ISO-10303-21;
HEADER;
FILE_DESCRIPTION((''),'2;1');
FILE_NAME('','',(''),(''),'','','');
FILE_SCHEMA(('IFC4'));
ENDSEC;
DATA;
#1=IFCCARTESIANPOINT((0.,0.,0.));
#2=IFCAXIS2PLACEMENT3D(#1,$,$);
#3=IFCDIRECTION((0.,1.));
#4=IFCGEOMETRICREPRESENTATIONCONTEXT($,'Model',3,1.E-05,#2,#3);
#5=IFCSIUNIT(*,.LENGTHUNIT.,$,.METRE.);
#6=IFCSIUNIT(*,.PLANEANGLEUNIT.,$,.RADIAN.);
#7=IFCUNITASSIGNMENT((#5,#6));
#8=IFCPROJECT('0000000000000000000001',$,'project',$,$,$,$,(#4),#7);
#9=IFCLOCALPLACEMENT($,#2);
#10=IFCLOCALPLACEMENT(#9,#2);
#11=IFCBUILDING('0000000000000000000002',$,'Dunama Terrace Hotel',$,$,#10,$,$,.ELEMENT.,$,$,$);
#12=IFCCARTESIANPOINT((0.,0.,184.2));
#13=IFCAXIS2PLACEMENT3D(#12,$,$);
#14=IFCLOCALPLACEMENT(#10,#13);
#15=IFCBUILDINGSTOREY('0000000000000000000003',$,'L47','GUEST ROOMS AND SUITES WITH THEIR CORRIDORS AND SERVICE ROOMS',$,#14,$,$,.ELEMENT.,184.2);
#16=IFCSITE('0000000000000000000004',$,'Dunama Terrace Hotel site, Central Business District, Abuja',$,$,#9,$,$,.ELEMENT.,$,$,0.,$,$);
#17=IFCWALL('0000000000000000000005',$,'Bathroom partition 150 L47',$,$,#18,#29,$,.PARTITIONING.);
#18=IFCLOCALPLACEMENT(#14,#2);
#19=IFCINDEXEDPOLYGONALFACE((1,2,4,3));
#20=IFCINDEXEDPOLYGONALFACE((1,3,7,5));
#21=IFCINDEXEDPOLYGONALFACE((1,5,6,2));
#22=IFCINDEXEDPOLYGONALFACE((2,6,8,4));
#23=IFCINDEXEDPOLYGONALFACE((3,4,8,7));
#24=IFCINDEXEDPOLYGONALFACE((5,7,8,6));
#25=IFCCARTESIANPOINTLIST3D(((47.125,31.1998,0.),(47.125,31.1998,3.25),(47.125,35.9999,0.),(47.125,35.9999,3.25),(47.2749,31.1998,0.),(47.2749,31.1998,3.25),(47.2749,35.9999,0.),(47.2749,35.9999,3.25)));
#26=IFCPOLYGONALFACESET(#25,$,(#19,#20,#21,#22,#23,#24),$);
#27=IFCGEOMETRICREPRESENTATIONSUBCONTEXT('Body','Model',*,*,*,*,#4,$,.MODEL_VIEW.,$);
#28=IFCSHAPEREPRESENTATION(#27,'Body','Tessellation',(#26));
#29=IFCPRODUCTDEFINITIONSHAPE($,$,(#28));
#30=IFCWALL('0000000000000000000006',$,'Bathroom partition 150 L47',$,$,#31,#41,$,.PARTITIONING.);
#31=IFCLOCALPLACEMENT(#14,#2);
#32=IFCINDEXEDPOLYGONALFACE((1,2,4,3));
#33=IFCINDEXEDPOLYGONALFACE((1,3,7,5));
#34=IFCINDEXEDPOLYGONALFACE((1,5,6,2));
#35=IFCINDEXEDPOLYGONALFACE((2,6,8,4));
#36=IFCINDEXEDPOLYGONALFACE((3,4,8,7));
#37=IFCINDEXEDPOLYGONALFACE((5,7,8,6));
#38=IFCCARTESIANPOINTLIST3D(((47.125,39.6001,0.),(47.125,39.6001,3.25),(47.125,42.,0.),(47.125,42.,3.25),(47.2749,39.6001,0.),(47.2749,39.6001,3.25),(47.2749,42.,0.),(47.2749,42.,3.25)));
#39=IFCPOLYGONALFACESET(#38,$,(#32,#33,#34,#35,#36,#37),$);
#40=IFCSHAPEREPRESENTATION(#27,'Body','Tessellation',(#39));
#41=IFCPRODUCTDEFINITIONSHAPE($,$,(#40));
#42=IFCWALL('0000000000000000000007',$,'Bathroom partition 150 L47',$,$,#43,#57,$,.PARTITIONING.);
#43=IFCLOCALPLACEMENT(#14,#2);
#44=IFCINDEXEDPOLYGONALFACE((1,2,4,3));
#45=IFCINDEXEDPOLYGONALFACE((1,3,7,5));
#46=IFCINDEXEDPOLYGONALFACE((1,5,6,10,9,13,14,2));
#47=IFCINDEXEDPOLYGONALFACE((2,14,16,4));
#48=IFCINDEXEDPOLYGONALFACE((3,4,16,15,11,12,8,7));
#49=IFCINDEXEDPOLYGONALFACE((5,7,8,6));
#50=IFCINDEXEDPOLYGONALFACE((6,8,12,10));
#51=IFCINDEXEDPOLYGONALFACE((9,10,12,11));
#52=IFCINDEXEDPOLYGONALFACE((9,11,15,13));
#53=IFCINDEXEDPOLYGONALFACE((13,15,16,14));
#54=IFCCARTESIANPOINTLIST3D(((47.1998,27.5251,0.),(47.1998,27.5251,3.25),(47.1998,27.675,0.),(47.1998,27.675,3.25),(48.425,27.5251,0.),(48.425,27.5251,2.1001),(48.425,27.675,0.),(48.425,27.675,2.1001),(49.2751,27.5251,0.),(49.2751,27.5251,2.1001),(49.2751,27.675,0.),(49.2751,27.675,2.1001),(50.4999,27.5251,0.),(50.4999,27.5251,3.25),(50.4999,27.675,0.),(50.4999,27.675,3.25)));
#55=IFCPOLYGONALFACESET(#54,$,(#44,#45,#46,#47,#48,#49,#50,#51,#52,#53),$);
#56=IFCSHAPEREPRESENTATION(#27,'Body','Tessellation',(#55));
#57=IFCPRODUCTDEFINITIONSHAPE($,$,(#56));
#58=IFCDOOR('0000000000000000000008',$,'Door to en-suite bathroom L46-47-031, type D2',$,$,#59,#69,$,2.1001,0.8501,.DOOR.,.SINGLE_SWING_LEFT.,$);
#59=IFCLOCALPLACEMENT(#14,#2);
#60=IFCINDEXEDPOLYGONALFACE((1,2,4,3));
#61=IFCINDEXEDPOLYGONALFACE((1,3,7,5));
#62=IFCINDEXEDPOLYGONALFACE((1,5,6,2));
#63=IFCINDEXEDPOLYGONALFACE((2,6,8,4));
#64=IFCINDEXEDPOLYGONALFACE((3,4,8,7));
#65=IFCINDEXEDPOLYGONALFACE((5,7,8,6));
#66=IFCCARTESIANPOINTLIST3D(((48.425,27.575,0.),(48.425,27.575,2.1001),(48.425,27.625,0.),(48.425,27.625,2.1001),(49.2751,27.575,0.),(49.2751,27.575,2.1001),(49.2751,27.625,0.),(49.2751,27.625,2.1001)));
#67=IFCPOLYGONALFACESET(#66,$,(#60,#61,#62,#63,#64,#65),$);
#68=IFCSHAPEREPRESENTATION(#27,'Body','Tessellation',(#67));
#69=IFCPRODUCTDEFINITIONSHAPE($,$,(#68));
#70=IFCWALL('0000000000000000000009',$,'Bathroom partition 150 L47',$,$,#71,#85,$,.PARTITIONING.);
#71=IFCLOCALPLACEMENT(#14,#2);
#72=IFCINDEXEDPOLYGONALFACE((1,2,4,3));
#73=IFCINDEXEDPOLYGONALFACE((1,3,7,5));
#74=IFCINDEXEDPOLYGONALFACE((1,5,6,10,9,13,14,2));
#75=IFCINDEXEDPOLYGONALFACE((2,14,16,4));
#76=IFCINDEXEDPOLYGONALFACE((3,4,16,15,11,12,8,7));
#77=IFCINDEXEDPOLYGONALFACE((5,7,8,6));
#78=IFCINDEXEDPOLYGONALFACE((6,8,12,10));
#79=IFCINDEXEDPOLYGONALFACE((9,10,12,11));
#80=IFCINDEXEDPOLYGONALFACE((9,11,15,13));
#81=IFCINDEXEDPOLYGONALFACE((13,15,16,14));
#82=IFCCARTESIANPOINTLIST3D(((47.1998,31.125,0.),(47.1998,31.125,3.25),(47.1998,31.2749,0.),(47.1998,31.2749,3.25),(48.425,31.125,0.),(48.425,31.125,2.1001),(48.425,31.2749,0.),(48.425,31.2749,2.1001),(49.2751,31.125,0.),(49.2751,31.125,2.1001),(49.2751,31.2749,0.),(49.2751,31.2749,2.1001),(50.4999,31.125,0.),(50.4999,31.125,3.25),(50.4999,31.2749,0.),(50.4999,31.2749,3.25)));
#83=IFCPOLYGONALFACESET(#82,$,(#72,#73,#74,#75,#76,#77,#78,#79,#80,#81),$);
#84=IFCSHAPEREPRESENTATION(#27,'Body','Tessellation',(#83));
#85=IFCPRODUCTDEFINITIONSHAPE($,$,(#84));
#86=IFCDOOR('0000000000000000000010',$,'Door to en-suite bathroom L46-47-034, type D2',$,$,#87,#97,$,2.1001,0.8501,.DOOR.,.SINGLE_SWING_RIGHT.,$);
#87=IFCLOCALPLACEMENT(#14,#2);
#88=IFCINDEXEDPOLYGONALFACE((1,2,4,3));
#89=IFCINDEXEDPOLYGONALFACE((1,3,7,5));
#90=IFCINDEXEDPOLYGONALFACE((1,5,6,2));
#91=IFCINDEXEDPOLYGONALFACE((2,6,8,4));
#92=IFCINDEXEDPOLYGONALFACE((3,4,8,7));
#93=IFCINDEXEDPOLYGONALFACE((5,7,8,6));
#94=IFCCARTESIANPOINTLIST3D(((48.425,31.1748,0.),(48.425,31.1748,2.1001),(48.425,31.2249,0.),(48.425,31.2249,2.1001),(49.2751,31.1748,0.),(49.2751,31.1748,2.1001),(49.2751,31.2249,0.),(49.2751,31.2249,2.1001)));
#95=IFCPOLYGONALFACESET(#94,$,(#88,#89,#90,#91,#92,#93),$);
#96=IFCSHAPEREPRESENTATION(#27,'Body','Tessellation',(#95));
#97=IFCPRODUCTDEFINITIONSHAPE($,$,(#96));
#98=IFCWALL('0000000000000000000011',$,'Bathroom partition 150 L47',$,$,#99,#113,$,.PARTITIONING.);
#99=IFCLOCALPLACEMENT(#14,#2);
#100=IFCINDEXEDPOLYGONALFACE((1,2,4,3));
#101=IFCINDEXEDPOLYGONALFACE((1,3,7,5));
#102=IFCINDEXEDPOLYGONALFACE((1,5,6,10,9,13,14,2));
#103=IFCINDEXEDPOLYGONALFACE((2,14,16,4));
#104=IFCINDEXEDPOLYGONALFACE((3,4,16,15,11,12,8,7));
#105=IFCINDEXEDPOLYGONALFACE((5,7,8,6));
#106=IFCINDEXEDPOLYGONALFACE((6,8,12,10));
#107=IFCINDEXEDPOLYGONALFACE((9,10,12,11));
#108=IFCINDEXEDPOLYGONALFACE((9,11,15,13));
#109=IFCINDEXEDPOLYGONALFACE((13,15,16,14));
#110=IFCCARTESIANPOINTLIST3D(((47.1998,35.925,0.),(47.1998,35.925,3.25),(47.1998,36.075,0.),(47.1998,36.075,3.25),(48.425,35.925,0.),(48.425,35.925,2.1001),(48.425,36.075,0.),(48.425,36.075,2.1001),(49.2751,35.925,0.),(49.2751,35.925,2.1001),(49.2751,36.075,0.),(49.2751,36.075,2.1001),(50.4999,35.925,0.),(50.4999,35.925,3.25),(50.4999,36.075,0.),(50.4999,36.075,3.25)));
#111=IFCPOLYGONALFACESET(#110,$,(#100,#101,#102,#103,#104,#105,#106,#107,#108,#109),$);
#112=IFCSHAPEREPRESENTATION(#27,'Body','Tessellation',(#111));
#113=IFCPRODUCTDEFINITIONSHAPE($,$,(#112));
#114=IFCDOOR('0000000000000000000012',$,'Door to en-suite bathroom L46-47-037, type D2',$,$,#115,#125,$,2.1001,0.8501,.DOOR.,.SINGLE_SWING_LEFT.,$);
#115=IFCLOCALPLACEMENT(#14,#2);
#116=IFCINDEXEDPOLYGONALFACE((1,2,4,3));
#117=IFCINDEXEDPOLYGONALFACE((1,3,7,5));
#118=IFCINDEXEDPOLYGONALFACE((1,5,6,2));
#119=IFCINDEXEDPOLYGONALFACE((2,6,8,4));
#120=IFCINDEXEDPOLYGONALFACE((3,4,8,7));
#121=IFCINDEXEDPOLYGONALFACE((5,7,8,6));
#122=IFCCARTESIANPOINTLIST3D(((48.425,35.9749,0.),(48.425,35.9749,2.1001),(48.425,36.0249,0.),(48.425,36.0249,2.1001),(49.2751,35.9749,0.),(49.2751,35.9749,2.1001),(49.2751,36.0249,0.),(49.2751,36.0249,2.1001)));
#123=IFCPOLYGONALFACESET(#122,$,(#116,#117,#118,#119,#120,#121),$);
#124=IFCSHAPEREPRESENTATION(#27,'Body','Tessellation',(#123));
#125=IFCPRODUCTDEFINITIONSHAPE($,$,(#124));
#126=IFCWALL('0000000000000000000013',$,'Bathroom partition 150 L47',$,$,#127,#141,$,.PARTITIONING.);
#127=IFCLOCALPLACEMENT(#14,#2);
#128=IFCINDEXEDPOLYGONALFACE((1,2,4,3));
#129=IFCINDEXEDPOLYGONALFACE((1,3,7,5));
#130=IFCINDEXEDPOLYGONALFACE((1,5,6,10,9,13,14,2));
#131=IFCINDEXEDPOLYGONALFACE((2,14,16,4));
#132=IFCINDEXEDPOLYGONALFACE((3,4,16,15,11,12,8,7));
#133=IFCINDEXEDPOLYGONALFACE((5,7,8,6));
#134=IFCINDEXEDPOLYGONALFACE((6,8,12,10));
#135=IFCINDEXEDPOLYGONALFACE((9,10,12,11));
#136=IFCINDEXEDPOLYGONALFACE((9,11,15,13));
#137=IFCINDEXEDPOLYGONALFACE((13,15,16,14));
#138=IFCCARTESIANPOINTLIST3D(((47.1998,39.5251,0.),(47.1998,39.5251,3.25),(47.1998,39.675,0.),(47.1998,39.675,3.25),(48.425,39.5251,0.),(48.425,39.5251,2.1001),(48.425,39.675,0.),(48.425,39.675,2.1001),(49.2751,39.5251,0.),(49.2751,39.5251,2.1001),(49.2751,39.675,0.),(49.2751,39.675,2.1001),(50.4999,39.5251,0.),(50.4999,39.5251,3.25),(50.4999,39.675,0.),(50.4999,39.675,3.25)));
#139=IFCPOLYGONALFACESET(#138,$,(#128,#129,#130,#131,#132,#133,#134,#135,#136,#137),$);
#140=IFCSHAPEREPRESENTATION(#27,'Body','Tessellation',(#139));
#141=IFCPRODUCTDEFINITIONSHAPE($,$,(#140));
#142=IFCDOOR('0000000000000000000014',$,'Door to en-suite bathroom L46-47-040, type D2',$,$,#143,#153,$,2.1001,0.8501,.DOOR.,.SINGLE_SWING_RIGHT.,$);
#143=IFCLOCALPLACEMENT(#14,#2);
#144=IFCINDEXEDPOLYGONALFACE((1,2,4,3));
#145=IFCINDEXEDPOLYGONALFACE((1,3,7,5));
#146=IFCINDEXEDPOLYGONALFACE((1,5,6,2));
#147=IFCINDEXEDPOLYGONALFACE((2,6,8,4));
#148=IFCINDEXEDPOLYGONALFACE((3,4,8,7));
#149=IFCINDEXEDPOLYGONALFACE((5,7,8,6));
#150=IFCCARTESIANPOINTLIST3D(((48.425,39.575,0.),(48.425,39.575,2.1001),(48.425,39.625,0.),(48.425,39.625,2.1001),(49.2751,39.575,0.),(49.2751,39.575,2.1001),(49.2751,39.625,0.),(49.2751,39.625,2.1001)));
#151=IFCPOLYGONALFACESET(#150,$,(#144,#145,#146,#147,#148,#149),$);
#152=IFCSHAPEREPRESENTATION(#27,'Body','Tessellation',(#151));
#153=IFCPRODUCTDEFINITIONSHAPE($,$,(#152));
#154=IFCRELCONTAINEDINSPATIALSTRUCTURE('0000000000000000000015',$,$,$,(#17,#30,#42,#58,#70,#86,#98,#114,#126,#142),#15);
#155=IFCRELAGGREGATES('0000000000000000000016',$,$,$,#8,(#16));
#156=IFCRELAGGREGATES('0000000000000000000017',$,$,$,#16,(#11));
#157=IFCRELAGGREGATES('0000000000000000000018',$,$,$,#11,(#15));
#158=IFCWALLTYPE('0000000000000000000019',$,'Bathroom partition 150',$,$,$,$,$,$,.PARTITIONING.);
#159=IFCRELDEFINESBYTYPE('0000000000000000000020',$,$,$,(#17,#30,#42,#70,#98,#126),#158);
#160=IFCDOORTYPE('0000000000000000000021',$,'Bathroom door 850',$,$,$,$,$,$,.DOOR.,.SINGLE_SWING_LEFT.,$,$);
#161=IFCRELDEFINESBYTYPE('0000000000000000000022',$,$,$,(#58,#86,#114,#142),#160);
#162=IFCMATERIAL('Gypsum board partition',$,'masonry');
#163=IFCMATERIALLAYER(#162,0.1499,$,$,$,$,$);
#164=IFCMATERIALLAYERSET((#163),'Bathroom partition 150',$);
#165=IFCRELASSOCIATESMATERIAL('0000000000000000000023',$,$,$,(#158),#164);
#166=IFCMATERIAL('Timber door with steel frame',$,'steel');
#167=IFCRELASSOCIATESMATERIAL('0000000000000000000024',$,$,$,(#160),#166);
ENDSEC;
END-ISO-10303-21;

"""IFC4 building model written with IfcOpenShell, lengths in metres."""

from ifc_helpers import new_model, si_unit, direction, frame, frame_2d, origin, place, context, subcontext, project, spatial, rectangle, extrude, material, layer, layer_set, type_object, element, fill, save


model = new_model("IFC4")

# Units and contexts
model_context = context("Model", 3, precision=1e-05, world=origin(), true_north=direction((0.0, 1.0)))
body_context = subcontext(model_context, "Body", "Model", "MODEL_VIEW")
ifc_project = project(units=[si_unit("LENGTHUNIT", "METRE"), si_unit("PLANEANGLEUNIT", "RADIAN")], contexts=[model_context])

# Site, building, storey
site_placement = place(None, origin())
site = spatial("IfcSite", under=ifc_project, at=site_placement, Name="Dunama Terrace Hotel site, Central Business District, Abuja", CompositionType="ELEMENT", RefElevation=0.0)
building_placement = place(site_placement, origin())
building = spatial("IfcBuilding", under=site, at=building_placement, Name="Dunama Terrace Hotel", CompositionType="ELEMENT")
storey_placement = place(building_placement, frame((0.0, 0.0, 184.2)))
storey = spatial("IfcBuildingStorey", under=building, at=storey_placement, Name="L47", Description="GUEST ROOMS AND SUITES WITH THEIR CORRIDORS AND SERVICE ROOMS", CompositionType="ELEMENT", Elevation=184.2)

# Walls
ifc_material_1 = material(Name="Gypsum board partition", Category="masonry")
ifc_layer_1 = layer(ifc_material_1, 0.1499)
ifc_layer_set_1 = layer_set([ifc_layer_1], Name="Bathroom partition 150")
wall_type_1 = type_object("IfcWallType", Name="Bathroom partition 150", PredefinedType="PARTITIONING", material=ifc_layer_set_1)
wall_1_placement = place(storey_placement, frame((47.2, 31.2, 0.0), z_axis=(0.0, 0.0, 1.0), x_axis=(0.0, 1.0, 0.0)))
element("IfcWall", 1, at=wall_1_placement, inside=storey, type_object=wall_type_1, Name="Bathroom partition 150 L47", PredefinedType="PARTITIONING", context=body_context, shape_type="SweptSolid", body=[
    extrude(rectangle(XDim=4.8, YDim=0.1499, at=frame_2d((2.3999, 0.0))), origin(), (0.0, 0.0, 1.0), 3.25),
])
wall_2_placement = place(storey_placement, frame((47.2, 39.6001, 0.0), z_axis=(0.0, 0.0, 1.0), x_axis=(0.0, 1.0, 0.0)))
element("IfcWall", 2, at=wall_2_placement, inside=storey, type_object=wall_type_1, Name="Bathroom partition 150 L47", PredefinedType="PARTITIONING", context=body_context, shape_type="SweptSolid", body=[
    extrude(rectangle(XDim=2.3999, YDim=0.1499, at=frame_2d((1.2, 0.0))), origin(), (0.0, 0.0, 1.0), 3.25),
])

# Walls, openings, doors
wall_3_placement = place(storey_placement, frame((47.2, 27.6001, 0.0), z_axis=(0.0, 0.0, 1.0), x_axis=(1.0, 0.0, 0.0)))
wall_3 = element("IfcWall", 3, at=wall_3_placement, inside=storey, type_object=wall_type_1, Name="Bathroom partition 150 L47", PredefinedType="PARTITIONING", context=body_context, shape_type="SweptSolid", body=[
    extrude(rectangle(XDim=3.3, YDim=0.1499, at=frame_2d((1.6499, 0.0))), origin(), (0.0, 0.0, 1.0), 3.25),
])
opening_1_placement = place(wall_3_placement, frame((1.2251, 0.0, 0.0)))
opening_1 = element("IfcOpeningElement", 4, at=opening_1_placement, cuts=wall_3, PredefinedType="OPENING", context=body_context, shape_type="SweptSolid", body=[
    extrude(rectangle(XDim=0.8501, YDim=2.1001, at=frame_2d((0.425, 1.05))), frame((0.0, 0.085, 0.0), z_axis=(0.0, -1.0, 0.0), x_axis=(1.0, 0.0, 0.0)), (0.0, 0.0, 1.0), 0.1699),
])
ifc_material_2 = material(Name="Timber door with steel frame", Category="steel")
door_type_1 = type_object("IfcDoorType", Name="Bathroom door 850", OperationType="SINGLE_SWING_LEFT", PredefinedType="DOOR", material=ifc_material_2)
door_1_placement = place(opening_1_placement, frame((0.8501, 0.0, 0.0), z_axis=(0.0, 0.0, 1.0), x_axis=(-1.0, 0.0, 0.0)))
door_1 = element("IfcDoor", 5, at=door_1_placement, inside=storey, type_object=door_type_1, Name="Door to en-suite bathroom L46-47-031, type D2", OperationType="SINGLE_SWING_LEFT", OverallHeight=2.1001, OverallWidth=0.8501, PredefinedType="DOOR", context=body_context, shape_type="SweptSolid", body=[
    extrude(rectangle(XDim=0.8501, YDim=2.1001, at=frame_2d((0.425, 1.05))), frame((0.0, 0.0251, 0.0), z_axis=(0.0, -1.0, 0.0), x_axis=(1.0, 0.0, 0.0)), (0.0, 0.0, 1.0), 0.05),
])
fill(opening_1, door_1)
wall_4_placement = place(storey_placement, frame((47.2, 31.2, 0.0), z_axis=(0.0, 0.0, 1.0), x_axis=(1.0, 0.0, 0.0)))
wall_4 = element("IfcWall", 6, at=wall_4_placement, inside=storey, type_object=wall_type_1, Name="Bathroom partition 150 L47", PredefinedType="PARTITIONING", context=body_context, shape_type="SweptSolid", body=[
    extrude(rectangle(XDim=3.3, YDim=0.1499, at=frame_2d((1.6499, 0.0))), origin(), (0.0, 0.0, 1.0), 3.25),
])
opening_2_placement = place(wall_4_placement, frame((1.2251, 0.0, 0.0)))
opening_2 = element("IfcOpeningElement", 7, at=opening_2_placement, cuts=wall_4, PredefinedType="OPENING", context=body_context, shape_type="SweptSolid", body=[
    extrude(rectangle(XDim=0.8501, YDim=2.1001, at=frame_2d((0.425, 1.05))), frame((0.0, 0.085, 0.0), z_axis=(0.0, -1.0, 0.0), x_axis=(1.0, 0.0, 0.0)), (0.0, 0.0, 1.0), 0.1699),
])
door_2_placement = place(opening_2_placement, origin())
door_2 = element("IfcDoor", 8, at=door_2_placement, inside=storey, type_object=door_type_1, Name="Door to en-suite bathroom L46-47-034, type D2", OperationType="SINGLE_SWING_RIGHT", OverallHeight=2.1001, OverallWidth=0.8501, PredefinedType="DOOR", context=body_context, shape_type="SweptSolid", body=[
    extrude(rectangle(XDim=0.8501, YDim=2.1001, at=frame_2d((0.425, 1.05))), frame((0.0, 0.0249, 0.0), z_axis=(0.0, -1.0, 0.0), x_axis=(1.0, 0.0, 0.0)), (0.0, 0.0, 1.0), 0.05),
])
fill(opening_2, door_2)
wall_5_placement = place(storey_placement, frame((47.2, 36.0, 0.0), z_axis=(0.0, 0.0, 1.0), x_axis=(1.0, 0.0, 0.0)))
wall_5 = element("IfcWall", 9, at=wall_5_placement, inside=storey, type_object=wall_type_1, Name="Bathroom partition 150 L47", PredefinedType="PARTITIONING", context=body_context, shape_type="SweptSolid", body=[
    extrude(rectangle(XDim=3.3, YDim=0.1499, at=frame_2d((1.6499, 0.0))), origin(), (0.0, 0.0, 1.0), 3.25),
])
opening_3_placement = place(wall_5_placement, frame((1.2251, 0.0, 0.0)))
opening_3 = element("IfcOpeningElement", 10, at=opening_3_placement, cuts=wall_5, PredefinedType="OPENING", context=body_context, shape_type="SweptSolid", body=[
    extrude(rectangle(XDim=0.8501, YDim=2.1001, at=frame_2d((0.425, 1.05))), frame((0.0, 0.085, 0.0), z_axis=(0.0, -1.0, 0.0), x_axis=(1.0, 0.0, 0.0)), (0.0, 0.0, 1.0), 0.1699),
])
door_3_placement = place(opening_3_placement, frame((0.8501, 0.0, 0.0), z_axis=(0.0, 0.0, 1.0), x_axis=(-1.0, 0.0, 0.0)))
door_3 = element("IfcDoor", 11, at=door_3_placement, inside=storey, type_object=door_type_1, Name="Door to en-suite bathroom L46-47-037, type D2", OperationType="SINGLE_SWING_LEFT", OverallHeight=2.1001, OverallWidth=0.8501, PredefinedType="DOOR", context=body_context, shape_type="SweptSolid", body=[
    extrude(rectangle(XDim=0.8501, YDim=2.1001, at=frame_2d((0.425, 1.05))), frame((0.0, 0.0251, 0.0), z_axis=(0.0, -1.0, 0.0), x_axis=(1.0, 0.0, 0.0)), (0.0, 0.0, 1.0), 0.05),
])
fill(opening_3, door_3)
wall_6_placement = place(storey_placement, frame((47.2, 39.6001, 0.0), z_axis=(0.0, 0.0, 1.0), x_axis=(1.0, 0.0, 0.0)))
wall_6 = element("IfcWall", 12, at=wall_6_placement, inside=storey, type_object=wall_type_1, Name="Bathroom partition 150 L47", PredefinedType="PARTITIONING", context=body_context, shape_type="SweptSolid", body=[
    extrude(rectangle(XDim=3.3, YDim=0.1499, at=frame_2d((1.6499, 0.0))), origin(), (0.0, 0.0, 1.0), 3.25),
])
opening_4_placement = place(wall_6_placement, frame((1.2251, 0.0, 0.0)))
opening_4 = element("IfcOpeningElement", 13, at=opening_4_placement, cuts=wall_6, PredefinedType="OPENING", context=body_context, shape_type="SweptSolid", body=[
    extrude(rectangle(XDim=0.8501, YDim=2.1001, at=frame_2d((0.425, 1.05))), frame((0.0, 0.085, 0.0), z_axis=(0.0, -1.0, 0.0), x_axis=(1.0, 0.0, 0.0)), (0.0, 0.0, 1.0), 0.1699),
])
door_4_placement = place(opening_4_placement, origin())
door_4 = element("IfcDoor", 14, at=door_4_placement, inside=storey, type_object=door_type_1, Name="Door to en-suite bathroom L46-47-040, type D2", OperationType="SINGLE_SWING_RIGHT", OverallHeight=2.1001, OverallWidth=0.8501, PredefinedType="DOOR", context=body_context, shape_type="SweptSolid", body=[
    extrude(rectangle(XDim=0.8501, YDim=2.1001, at=frame_2d((0.425, 1.05))), frame((0.0, 0.0249, 0.0), z_axis=(0.0, -1.0, 0.0), x_axis=(1.0, 0.0, 0.0)), (0.0, 0.0, 1.0), 0.05),
])
fill(opening_4, door_4)

save(model, "model.ifc")
